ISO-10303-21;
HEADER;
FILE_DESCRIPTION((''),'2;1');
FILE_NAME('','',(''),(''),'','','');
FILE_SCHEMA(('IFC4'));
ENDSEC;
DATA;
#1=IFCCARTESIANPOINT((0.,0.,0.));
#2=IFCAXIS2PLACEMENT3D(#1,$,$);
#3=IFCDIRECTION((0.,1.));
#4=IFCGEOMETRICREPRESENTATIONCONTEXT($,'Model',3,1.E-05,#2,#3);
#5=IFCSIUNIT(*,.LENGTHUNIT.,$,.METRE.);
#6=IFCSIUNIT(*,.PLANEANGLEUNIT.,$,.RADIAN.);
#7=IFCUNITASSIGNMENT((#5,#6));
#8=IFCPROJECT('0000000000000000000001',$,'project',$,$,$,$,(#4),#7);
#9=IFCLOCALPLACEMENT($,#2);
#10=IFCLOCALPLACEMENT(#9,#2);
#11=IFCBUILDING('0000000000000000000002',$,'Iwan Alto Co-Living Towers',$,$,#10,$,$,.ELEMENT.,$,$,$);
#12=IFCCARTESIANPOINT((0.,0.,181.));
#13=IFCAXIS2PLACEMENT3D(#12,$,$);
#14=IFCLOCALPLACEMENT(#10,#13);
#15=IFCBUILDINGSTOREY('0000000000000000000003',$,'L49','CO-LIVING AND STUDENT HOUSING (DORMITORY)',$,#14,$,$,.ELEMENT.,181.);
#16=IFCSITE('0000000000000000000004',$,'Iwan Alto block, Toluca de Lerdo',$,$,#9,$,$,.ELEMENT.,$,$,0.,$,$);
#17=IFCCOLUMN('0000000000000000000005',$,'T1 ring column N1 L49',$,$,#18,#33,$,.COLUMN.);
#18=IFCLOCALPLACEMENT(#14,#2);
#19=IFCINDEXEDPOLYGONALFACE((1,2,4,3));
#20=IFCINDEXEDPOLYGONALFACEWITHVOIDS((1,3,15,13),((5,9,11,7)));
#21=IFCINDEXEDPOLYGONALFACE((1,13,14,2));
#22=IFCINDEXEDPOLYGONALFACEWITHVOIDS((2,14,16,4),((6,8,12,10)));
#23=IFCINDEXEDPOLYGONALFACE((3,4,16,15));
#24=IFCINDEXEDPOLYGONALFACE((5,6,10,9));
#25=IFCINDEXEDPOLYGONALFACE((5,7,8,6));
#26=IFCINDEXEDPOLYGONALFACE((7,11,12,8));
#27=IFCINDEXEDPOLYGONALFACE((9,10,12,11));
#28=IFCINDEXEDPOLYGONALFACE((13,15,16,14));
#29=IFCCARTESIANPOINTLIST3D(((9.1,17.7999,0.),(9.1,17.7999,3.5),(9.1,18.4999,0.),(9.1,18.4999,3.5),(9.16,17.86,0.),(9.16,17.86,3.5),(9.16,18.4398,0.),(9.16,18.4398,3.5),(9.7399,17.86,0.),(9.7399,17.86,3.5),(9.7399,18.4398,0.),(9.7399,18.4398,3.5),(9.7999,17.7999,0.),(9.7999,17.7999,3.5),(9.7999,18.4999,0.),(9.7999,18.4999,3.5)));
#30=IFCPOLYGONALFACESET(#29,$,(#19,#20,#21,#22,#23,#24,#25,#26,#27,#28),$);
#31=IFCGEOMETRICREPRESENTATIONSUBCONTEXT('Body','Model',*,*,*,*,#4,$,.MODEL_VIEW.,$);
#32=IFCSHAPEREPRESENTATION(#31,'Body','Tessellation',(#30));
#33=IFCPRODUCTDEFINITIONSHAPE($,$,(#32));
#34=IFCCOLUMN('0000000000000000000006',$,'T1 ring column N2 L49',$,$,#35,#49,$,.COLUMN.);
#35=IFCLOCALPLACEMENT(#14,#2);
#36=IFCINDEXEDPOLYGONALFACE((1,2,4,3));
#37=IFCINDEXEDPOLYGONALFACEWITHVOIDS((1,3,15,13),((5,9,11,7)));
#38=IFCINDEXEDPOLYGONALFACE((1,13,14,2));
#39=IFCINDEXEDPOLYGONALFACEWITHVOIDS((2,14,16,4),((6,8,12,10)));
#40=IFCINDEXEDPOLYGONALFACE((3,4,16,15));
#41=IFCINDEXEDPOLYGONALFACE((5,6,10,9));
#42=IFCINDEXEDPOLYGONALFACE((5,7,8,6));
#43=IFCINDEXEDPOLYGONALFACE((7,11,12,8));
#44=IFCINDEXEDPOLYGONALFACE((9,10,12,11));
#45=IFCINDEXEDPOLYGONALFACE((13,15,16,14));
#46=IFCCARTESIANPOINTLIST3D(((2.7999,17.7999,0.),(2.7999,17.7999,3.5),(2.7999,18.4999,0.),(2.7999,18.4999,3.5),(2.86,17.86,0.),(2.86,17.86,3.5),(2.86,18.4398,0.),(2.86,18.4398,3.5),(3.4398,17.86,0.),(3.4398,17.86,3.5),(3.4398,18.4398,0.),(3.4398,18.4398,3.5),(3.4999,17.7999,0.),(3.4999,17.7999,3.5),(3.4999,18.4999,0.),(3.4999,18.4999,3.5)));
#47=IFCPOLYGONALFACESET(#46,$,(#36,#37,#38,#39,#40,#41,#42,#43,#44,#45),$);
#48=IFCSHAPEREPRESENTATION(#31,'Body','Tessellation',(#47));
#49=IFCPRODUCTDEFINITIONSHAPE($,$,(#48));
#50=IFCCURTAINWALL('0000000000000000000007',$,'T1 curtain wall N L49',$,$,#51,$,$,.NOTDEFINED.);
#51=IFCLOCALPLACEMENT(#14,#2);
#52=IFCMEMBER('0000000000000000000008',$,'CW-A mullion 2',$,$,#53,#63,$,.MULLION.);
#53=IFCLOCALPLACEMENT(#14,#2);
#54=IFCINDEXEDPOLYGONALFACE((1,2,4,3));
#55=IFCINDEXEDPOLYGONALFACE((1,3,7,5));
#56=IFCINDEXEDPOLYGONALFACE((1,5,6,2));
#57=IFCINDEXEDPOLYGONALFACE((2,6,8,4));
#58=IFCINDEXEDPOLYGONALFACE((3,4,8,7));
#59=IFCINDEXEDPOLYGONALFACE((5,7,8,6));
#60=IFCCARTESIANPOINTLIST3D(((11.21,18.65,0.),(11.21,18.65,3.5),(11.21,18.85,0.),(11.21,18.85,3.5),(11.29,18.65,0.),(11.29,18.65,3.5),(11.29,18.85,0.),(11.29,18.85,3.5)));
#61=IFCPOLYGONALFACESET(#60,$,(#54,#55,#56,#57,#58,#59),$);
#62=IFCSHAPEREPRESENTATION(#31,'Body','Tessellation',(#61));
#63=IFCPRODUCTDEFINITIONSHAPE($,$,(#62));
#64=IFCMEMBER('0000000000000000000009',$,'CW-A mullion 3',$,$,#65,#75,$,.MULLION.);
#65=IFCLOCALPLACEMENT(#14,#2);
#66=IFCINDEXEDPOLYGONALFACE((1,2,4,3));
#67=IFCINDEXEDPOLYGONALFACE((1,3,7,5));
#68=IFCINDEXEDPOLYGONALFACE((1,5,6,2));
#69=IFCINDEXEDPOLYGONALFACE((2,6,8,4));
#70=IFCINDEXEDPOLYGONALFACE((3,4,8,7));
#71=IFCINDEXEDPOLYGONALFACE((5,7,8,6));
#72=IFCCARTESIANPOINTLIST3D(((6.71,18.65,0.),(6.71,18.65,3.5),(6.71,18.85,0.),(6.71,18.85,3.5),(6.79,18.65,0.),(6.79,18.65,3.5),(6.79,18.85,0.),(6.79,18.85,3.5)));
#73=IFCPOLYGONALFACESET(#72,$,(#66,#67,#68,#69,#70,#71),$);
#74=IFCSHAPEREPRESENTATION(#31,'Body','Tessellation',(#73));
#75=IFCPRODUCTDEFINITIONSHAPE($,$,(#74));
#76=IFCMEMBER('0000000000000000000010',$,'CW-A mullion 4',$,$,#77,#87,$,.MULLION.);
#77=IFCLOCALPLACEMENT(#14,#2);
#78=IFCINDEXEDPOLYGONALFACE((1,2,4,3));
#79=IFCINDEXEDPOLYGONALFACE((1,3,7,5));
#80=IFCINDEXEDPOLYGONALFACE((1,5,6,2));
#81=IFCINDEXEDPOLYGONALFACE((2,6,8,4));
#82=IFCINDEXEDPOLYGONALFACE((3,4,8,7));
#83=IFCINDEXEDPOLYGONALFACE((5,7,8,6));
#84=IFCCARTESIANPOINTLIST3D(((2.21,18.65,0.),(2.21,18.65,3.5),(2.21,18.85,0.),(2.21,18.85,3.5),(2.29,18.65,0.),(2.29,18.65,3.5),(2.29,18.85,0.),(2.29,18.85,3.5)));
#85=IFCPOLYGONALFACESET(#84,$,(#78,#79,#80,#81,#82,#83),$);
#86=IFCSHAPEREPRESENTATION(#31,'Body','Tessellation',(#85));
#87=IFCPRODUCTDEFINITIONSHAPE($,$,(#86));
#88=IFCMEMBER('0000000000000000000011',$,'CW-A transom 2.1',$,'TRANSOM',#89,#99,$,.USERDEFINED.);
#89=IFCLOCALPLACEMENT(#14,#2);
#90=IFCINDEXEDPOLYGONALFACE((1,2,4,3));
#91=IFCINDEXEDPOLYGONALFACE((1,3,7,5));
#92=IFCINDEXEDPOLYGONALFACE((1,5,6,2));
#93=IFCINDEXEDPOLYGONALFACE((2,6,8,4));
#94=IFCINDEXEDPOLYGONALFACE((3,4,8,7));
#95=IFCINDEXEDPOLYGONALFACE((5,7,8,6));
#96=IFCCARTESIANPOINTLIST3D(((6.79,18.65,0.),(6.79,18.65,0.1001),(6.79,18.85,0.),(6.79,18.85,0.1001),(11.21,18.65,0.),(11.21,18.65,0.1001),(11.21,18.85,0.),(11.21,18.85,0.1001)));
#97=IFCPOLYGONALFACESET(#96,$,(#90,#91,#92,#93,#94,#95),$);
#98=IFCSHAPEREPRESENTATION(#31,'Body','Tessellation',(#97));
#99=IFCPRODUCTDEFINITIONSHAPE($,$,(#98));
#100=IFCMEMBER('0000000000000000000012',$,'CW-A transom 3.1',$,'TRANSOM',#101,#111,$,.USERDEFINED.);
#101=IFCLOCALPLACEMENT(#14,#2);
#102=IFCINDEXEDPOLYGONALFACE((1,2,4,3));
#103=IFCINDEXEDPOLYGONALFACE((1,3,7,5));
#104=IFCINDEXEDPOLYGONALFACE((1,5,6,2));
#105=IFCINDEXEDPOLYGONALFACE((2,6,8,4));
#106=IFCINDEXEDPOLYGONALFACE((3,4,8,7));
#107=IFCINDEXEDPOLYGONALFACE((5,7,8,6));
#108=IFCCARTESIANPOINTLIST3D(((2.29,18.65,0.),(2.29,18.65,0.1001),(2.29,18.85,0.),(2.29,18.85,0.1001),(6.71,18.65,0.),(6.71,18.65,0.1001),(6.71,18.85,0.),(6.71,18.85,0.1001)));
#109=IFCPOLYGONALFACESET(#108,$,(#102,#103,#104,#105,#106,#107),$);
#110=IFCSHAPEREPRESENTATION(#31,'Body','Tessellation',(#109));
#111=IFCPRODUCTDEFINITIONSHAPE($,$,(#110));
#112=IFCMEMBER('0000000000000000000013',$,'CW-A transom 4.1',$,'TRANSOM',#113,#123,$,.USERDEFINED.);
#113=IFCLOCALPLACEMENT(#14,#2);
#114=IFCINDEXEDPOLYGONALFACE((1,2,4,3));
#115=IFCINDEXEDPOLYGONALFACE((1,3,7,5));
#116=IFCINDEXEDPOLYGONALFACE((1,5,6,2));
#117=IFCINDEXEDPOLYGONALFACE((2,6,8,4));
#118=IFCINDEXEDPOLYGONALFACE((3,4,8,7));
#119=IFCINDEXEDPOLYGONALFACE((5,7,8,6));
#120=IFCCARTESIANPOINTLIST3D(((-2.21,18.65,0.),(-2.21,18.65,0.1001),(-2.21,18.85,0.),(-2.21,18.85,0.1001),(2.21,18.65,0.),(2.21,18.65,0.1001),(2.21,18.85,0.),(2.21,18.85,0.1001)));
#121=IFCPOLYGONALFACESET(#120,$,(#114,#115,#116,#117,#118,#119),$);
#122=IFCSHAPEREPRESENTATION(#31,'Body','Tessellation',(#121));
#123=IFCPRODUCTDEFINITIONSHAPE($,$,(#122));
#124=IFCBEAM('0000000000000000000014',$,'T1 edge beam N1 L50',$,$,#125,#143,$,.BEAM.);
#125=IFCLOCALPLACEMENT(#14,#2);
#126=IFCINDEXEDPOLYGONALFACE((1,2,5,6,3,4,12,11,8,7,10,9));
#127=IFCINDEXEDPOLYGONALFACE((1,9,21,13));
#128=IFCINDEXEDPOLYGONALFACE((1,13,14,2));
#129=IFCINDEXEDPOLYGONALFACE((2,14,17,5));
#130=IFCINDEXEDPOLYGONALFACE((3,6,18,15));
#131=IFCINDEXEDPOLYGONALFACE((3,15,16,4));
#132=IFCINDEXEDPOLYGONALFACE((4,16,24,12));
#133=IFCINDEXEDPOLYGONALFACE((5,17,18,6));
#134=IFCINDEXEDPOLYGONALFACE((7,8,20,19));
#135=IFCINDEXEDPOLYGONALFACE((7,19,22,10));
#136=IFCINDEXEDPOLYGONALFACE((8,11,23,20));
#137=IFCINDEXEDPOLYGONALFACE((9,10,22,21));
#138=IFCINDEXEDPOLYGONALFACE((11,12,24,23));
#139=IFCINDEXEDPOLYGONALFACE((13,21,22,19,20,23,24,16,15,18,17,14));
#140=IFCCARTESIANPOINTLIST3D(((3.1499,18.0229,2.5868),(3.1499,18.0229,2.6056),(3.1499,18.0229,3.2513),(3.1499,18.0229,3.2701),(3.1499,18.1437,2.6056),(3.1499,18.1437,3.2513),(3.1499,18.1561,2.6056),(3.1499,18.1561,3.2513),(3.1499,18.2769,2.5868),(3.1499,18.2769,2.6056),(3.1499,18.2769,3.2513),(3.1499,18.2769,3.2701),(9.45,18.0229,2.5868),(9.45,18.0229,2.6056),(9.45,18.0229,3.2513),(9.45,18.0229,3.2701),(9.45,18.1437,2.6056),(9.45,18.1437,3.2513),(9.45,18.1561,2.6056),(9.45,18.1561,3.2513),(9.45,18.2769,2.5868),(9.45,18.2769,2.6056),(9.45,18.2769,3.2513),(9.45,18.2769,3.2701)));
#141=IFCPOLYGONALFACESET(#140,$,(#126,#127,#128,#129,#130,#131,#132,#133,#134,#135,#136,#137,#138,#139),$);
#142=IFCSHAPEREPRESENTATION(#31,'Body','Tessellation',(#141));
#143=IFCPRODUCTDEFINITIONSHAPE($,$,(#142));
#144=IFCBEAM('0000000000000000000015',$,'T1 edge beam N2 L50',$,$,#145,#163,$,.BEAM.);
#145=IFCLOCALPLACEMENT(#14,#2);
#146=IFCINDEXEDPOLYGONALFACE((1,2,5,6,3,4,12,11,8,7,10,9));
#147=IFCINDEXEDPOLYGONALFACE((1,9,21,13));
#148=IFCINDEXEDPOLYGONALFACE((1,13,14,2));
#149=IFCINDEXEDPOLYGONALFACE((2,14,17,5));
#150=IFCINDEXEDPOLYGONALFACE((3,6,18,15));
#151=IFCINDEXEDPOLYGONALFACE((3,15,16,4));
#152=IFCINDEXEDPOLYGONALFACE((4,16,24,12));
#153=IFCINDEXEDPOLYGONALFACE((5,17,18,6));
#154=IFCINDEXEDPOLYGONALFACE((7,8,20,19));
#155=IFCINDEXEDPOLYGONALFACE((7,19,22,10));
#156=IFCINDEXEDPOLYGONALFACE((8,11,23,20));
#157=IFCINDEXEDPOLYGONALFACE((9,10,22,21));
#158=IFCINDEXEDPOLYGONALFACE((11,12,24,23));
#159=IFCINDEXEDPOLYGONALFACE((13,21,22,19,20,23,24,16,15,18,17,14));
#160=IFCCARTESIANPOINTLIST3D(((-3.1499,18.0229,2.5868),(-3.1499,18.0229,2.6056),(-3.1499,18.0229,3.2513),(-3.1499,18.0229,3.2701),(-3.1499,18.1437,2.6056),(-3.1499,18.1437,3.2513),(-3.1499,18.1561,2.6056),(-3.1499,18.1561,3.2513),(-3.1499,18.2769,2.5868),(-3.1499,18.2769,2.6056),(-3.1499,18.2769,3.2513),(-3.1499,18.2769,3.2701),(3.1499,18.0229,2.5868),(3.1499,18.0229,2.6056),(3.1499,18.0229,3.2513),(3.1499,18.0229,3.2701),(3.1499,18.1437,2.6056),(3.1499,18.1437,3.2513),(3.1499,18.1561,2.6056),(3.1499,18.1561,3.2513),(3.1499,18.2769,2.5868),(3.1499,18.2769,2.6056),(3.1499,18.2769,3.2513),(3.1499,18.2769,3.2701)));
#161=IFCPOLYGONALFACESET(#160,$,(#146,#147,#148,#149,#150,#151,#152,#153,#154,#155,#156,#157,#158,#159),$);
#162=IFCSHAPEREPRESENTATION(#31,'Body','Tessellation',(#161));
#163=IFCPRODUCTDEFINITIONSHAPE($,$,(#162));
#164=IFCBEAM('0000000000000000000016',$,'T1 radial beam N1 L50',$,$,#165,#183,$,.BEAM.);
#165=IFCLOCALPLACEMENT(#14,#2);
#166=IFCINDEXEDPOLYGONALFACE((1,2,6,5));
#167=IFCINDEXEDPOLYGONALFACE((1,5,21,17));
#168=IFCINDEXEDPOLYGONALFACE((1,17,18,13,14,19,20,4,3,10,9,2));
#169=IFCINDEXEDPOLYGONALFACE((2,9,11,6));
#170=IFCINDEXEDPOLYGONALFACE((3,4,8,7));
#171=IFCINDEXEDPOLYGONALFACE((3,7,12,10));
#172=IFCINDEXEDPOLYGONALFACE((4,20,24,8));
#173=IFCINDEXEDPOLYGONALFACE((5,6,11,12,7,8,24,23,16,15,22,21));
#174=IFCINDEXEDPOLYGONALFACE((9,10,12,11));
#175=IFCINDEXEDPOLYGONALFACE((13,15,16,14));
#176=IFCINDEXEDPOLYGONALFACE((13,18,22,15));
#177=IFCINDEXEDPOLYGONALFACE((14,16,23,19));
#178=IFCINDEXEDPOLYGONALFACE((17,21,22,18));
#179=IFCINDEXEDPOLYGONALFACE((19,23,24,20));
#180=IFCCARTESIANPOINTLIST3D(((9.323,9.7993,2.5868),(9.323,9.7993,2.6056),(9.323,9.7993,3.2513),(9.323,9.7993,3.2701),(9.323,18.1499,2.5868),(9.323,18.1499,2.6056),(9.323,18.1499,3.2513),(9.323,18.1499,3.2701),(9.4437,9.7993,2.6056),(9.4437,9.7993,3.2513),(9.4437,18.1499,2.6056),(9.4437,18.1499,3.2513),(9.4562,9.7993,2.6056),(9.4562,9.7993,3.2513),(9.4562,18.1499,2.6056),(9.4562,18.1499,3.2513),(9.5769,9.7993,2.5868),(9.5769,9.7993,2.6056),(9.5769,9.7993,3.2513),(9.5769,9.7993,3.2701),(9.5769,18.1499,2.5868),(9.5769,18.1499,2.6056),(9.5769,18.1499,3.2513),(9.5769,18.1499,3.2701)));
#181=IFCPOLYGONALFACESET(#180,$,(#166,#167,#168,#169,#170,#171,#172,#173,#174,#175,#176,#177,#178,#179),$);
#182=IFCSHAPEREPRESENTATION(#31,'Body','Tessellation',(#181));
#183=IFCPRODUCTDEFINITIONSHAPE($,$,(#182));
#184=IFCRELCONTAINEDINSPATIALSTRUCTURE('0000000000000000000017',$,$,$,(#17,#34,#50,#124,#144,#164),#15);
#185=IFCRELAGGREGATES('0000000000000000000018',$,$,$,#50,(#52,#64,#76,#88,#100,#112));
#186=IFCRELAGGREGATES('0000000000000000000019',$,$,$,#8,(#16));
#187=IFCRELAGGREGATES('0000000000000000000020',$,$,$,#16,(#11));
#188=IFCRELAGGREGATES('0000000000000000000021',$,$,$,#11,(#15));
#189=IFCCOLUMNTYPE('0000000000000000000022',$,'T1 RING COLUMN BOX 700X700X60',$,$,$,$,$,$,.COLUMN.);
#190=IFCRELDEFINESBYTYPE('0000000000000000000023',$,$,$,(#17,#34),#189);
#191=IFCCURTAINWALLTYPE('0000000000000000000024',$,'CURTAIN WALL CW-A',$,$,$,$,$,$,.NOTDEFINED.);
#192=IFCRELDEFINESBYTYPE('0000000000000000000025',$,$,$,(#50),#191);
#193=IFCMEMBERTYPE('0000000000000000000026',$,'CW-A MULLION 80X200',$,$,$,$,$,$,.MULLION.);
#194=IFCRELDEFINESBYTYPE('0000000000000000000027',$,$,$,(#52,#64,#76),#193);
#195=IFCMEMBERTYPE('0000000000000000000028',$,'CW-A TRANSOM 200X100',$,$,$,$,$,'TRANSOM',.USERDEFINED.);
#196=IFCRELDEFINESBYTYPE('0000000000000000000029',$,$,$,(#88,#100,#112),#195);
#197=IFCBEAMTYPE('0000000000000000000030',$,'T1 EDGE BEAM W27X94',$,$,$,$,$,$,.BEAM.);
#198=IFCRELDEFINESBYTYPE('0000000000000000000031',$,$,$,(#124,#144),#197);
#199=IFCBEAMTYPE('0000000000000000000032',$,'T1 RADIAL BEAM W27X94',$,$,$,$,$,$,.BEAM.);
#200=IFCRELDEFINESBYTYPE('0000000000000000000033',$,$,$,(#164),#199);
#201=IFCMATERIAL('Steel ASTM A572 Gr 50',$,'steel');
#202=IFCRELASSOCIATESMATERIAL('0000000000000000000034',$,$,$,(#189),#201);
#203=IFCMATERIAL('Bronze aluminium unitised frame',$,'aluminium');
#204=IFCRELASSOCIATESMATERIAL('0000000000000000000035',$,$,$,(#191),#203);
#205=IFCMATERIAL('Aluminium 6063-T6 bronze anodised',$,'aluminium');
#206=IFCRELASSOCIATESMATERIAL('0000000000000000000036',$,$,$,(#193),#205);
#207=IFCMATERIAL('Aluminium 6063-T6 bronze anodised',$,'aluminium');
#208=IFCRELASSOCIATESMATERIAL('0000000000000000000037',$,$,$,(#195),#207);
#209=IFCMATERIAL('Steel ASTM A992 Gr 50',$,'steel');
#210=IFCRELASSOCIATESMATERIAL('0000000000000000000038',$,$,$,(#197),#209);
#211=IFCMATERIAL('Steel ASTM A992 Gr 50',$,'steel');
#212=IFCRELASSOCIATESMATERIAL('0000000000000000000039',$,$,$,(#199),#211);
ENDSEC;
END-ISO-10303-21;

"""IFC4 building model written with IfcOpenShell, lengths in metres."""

from ifc_helpers import new_model, si_unit, direction, frame, origin, origin_2d, place, context, subcontext, project, spatial, rectangle, hollow_rectangle, i_section, extrude, material, material_profile, profile_set, type_object, element, aggregate, save


model = new_model("IFC4")

# Units and contexts
model_context = context("Model", 3, precision=1e-05, world=origin(), true_north=direction((0.0, 1.0)))
body_context = subcontext(model_context, "Body", "Model", "MODEL_VIEW")
ifc_project = project(units=[si_unit("LENGTHUNIT", "METRE"), si_unit("PLANEANGLEUNIT", "RADIAN")], contexts=[model_context])

# Site, building, storey
site_placement = place(None, origin())
site = spatial("IfcSite", under=ifc_project, at=site_placement, Name="Iwan Alto block, Toluca de Lerdo", CompositionType="ELEMENT", RefElevation=0.0)
building_placement = place(site_placement, origin())
building = spatial("IfcBuilding", under=site, at=building_placement, Name="Iwan Alto Co-Living Towers", CompositionType="ELEMENT")
storey_placement = place(building_placement, frame((0.0, 0.0, 181.0)))
storey = spatial("IfcBuildingStorey", under=building, at=storey_placement, Name="L49", Description="CO-LIVING AND STUDENT HOUSING (DORMITORY)", CompositionType="ELEMENT", Elevation=181.0)

# Columns
ifc_material_1 = material(Name="Steel ASTM A572 Gr 50", Category="steel")
ifc_material_profile_1 = material_profile(ifc_material_1, hollow_rectangle(XDim=0.7, YDim=0.7, WallThickness=0.0601, at=origin_2d()), Name="BOX 700X700X60")
ifc_profile_set_1 = profile_set([ifc_material_profile_1], Name="Steel ASTM A572 Gr 50")
column_type = type_object("IfcColumnType", Name="T1 RING COLUMN BOX 700X700X60", PredefinedType="COLUMN", material=ifc_profile_set_1)
for number, where, z_axis, x_axis, name in (
    (1, (9.45, 18.1499, 0.0), (0.0, 0.0, 1.0), (1.0, 0.0, 0.0), "T1 ring column N1 L49"),
    (2, (3.1499, 18.1499, 0.0), (0.0, 0.0, 1.0), (1.0, 0.0, 0.0), "T1 ring column N2 L49"),
):
    element("IfcColumn", number, at=place(storey_placement, frame(where, z_axis=z_axis, x_axis=x_axis)), inside=storey, type_object=column_type, Name=name, PredefinedType="COLUMN", context=body_context, shape_type="SweptSolid", body=[
        extrude(hollow_rectangle(XDim=0.7, YDim=0.7, WallThickness=0.0601, at=origin_2d()), origin(), (0.0, 0.0, 1.0), 3.5),
    ])

# Curtain wall, members
ifc_material_2 = material(Name="Bronze aluminium unitised frame", Category="aluminium")
curtain_wall_type = type_object("IfcCurtainWallType", Name="CURTAIN WALL CW-A", PredefinedType="NOTDEFINED", material=ifc_material_2)
curtain_wall_placement = place(storey_placement, origin())
curtain_wall = element("IfcCurtainWall", 3, at=curtain_wall_placement, inside=storey, type_object=curtain_wall_type, Name="T1 curtain wall N L49", PredefinedType="NOTDEFINED")
ifc_material_3 = material(Name="Aluminium 6063-T6 bronze anodised", Category="aluminium")
ifc_material_profile_2 = material_profile(ifc_material_3, rectangle(XDim=0.2, YDim=0.0801, at=origin_2d()), Name="AL 80X200")
ifc_profile_set_2 = profile_set([ifc_material_profile_2], Name="Aluminium 6063-T6 bronze anodised")
member_type_1 = type_object("IfcMemberType", Name="CW-A MULLION 80X200", PredefinedType="MULLION", material=ifc_profile_set_2)
member_1_placement = place(storey_placement, frame((11.25, 18.75, 0.0), z_axis=(0.0, 0.0, 1.0), x_axis=(0.0, -1.0, 0.0)))
member_1 = element("IfcMember", 4, at=member_1_placement, type_object=member_type_1, Name="CW-A mullion 2", PredefinedType="MULLION", context=body_context, shape_type="SweptSolid", body=[
    extrude(rectangle(XDim=0.2, YDim=0.0801, at=origin_2d()), origin(), (0.0, 0.0, 1.0), 3.5),
])
member_2_placement = place(storey_placement, frame((6.75, 18.75, 0.0), z_axis=(0.0, 0.0, 1.0), x_axis=(0.0, -1.0, 0.0)))
member_2 = element("IfcMember", 5, at=member_2_placement, type_object=member_type_1, Name="CW-A mullion 3", PredefinedType="MULLION", context=body_context, shape_type="SweptSolid", body=[
    extrude(rectangle(XDim=0.2, YDim=0.0801, at=origin_2d()), origin(), (0.0, 0.0, 1.0), 3.5),
])
member_3_placement = place(storey_placement, frame((2.25, 18.75, 0.0), z_axis=(0.0, 0.0, 1.0), x_axis=(0.0, -1.0, 0.0)))
member_3 = element("IfcMember", 6, at=member_3_placement, type_object=member_type_1, Name="CW-A mullion 4", PredefinedType="MULLION", context=body_context, shape_type="SweptSolid", body=[
    extrude(rectangle(XDim=0.2, YDim=0.0801, at=origin_2d()), origin(), (0.0, 0.0, 1.0), 3.5),
])
ifc_material_4 = material(Name="Aluminium 6063-T6 bronze anodised", Category="aluminium")
ifc_material_profile_3 = material_profile(ifc_material_4, rectangle(XDim=0.2, YDim=0.1001, at=origin_2d()), Name="AL 200X100")
ifc_profile_set_3 = profile_set([ifc_material_profile_3], Name="Aluminium 6063-T6 bronze anodised")
member_type_2 = type_object("IfcMemberType", Name="CW-A TRANSOM 200X100", ElementType="TRANSOM", PredefinedType="USERDEFINED", material=ifc_profile_set_3)
member_4_placement = place(storey_placement, frame((11.21, 18.75, 0.05), z_axis=(-1.0, 0.0, 0.0), x_axis=(0.0, -1.0, 0.0)))
member_4 = element("IfcMember", 7, at=member_4_placement, type_object=member_type_2, Name="CW-A transom 2.1", ObjectType="TRANSOM", PredefinedType="USERDEFINED", context=body_context, shape_type="SweptSolid", body=[
    extrude(rectangle(XDim=0.2, YDim=0.1001, at=origin_2d()), origin(), (0.0, 0.0, 1.0), 4.4199),
])
member_5_placement = place(storey_placement, frame((6.71, 18.75, 0.05), z_axis=(-1.0, 0.0, 0.0), x_axis=(0.0, -1.0, 0.0)))
member_5 = element("IfcMember", 8, at=member_5_placement, type_object=member_type_2, Name="CW-A transom 3.1", ObjectType="TRANSOM", PredefinedType="USERDEFINED", context=body_context, shape_type="SweptSolid", body=[
    extrude(rectangle(XDim=0.2, YDim=0.1001, at=origin_2d()), origin(), (0.0, 0.0, 1.0), 4.4199),
])
member_6_placement = place(storey_placement, frame((2.21, 18.75, 0.05), z_axis=(-1.0, 0.0, 0.0), x_axis=(0.0, -1.0, 0.0)))
member_6 = element("IfcMember", 9, at=member_6_placement, type_object=member_type_2, Name="CW-A transom 4.1", ObjectType="TRANSOM", PredefinedType="USERDEFINED", context=body_context, shape_type="SweptSolid", body=[
    extrude(rectangle(XDim=0.2, YDim=0.1001, at=origin_2d()), origin(), (0.0, 0.0, 1.0), 4.4199),
])

# Beams
ifc_material_5 = material(Name="Steel ASTM A992 Gr 50", Category="steel")
ifc_material_profile_4 = material_profile(ifc_material_5, i_section(OverallWidth=0.2539, OverallDepth=0.6833, WebThickness=0.0125, FlangeThickness=0.0188, at=origin_2d()), Name="W27X94")
ifc_profile_set_4 = profile_set([ifc_material_profile_4], Name="Steel ASTM A992 Gr 50")
beam_type_1 = type_object("IfcBeamType", Name="T1 EDGE BEAM W27X94", PredefinedType="BEAM", material=ifc_profile_set_4)
beam_1_placement = place(storey_placement, frame((9.45, 18.1499, 2.9285), z_axis=(-1.0, 0.0, 0.0), x_axis=(0.0, -1.0, 0.0)))
element("IfcBeam", 10, at=beam_1_placement, inside=storey, type_object=beam_type_1, Name="T1 edge beam N1 L50", PredefinedType="BEAM", context=body_context, shape_type="SweptSolid", body=[
    extrude(i_section(OverallWidth=0.2539, OverallDepth=0.6833, WebThickness=0.0125, FlangeThickness=0.0188, at=origin_2d()), origin(), (0.0, 0.0, 1.0), 6.3),
])
beam_2_placement = place(storey_placement, frame((3.1499, 18.1499, 2.9285), z_axis=(-1.0, 0.0, 0.0), x_axis=(0.0, -1.0, 0.0)))
element("IfcBeam", 11, at=beam_2_placement, inside=storey, type_object=beam_type_1, Name="T1 edge beam N2 L50", PredefinedType="BEAM", context=body_context, shape_type="SweptSolid", body=[
    extrude(i_section(OverallWidth=0.2539, OverallDepth=0.6833, WebThickness=0.0125, FlangeThickness=0.0188, at=origin_2d()), origin(), (0.0, 0.0, 1.0), 6.2998),
])
ifc_material_6 = material(Name="Steel ASTM A992 Gr 50", Category="steel")
ifc_material_profile_5 = material_profile(ifc_material_6, i_section(OverallWidth=0.2539, OverallDepth=0.6833, WebThickness=0.0125, FlangeThickness=0.0188, at=origin_2d()), Name="W27X94")
ifc_profile_set_5 = profile_set([ifc_material_profile_5], Name="Steel ASTM A992 Gr 50")
beam_type_2 = type_object("IfcBeamType", Name="T1 RADIAL BEAM W27X94", PredefinedType="BEAM", material=ifc_profile_set_5)
for number, where, z_axis, x_axis, name in (
    (12, (9.45, 18.1499, 2.9285), (0.0, -1.0, 0.0), (1.0, 0.0, 0.0), "T1 radial beam N1 L50"),
):
    element("IfcBeam", number, at=place(storey_placement, frame(where, z_axis=z_axis, x_axis=x_axis)), inside=storey, type_object=beam_type_2, Name=name, PredefinedType="BEAM", context=body_context, shape_type="SweptSolid", body=[
        extrude(i_section(OverallWidth=0.2539, OverallDepth=0.6833, WebThickness=0.0125, FlangeThickness=0.0188, at=origin_2d()), origin(), (0.0, 0.0, 1.0), 8.3506),
    ])

aggregate(curtain_wall, [member_1, member_2, member_3, member_4, member_5, member_6])

save(model, "model.ifc")
